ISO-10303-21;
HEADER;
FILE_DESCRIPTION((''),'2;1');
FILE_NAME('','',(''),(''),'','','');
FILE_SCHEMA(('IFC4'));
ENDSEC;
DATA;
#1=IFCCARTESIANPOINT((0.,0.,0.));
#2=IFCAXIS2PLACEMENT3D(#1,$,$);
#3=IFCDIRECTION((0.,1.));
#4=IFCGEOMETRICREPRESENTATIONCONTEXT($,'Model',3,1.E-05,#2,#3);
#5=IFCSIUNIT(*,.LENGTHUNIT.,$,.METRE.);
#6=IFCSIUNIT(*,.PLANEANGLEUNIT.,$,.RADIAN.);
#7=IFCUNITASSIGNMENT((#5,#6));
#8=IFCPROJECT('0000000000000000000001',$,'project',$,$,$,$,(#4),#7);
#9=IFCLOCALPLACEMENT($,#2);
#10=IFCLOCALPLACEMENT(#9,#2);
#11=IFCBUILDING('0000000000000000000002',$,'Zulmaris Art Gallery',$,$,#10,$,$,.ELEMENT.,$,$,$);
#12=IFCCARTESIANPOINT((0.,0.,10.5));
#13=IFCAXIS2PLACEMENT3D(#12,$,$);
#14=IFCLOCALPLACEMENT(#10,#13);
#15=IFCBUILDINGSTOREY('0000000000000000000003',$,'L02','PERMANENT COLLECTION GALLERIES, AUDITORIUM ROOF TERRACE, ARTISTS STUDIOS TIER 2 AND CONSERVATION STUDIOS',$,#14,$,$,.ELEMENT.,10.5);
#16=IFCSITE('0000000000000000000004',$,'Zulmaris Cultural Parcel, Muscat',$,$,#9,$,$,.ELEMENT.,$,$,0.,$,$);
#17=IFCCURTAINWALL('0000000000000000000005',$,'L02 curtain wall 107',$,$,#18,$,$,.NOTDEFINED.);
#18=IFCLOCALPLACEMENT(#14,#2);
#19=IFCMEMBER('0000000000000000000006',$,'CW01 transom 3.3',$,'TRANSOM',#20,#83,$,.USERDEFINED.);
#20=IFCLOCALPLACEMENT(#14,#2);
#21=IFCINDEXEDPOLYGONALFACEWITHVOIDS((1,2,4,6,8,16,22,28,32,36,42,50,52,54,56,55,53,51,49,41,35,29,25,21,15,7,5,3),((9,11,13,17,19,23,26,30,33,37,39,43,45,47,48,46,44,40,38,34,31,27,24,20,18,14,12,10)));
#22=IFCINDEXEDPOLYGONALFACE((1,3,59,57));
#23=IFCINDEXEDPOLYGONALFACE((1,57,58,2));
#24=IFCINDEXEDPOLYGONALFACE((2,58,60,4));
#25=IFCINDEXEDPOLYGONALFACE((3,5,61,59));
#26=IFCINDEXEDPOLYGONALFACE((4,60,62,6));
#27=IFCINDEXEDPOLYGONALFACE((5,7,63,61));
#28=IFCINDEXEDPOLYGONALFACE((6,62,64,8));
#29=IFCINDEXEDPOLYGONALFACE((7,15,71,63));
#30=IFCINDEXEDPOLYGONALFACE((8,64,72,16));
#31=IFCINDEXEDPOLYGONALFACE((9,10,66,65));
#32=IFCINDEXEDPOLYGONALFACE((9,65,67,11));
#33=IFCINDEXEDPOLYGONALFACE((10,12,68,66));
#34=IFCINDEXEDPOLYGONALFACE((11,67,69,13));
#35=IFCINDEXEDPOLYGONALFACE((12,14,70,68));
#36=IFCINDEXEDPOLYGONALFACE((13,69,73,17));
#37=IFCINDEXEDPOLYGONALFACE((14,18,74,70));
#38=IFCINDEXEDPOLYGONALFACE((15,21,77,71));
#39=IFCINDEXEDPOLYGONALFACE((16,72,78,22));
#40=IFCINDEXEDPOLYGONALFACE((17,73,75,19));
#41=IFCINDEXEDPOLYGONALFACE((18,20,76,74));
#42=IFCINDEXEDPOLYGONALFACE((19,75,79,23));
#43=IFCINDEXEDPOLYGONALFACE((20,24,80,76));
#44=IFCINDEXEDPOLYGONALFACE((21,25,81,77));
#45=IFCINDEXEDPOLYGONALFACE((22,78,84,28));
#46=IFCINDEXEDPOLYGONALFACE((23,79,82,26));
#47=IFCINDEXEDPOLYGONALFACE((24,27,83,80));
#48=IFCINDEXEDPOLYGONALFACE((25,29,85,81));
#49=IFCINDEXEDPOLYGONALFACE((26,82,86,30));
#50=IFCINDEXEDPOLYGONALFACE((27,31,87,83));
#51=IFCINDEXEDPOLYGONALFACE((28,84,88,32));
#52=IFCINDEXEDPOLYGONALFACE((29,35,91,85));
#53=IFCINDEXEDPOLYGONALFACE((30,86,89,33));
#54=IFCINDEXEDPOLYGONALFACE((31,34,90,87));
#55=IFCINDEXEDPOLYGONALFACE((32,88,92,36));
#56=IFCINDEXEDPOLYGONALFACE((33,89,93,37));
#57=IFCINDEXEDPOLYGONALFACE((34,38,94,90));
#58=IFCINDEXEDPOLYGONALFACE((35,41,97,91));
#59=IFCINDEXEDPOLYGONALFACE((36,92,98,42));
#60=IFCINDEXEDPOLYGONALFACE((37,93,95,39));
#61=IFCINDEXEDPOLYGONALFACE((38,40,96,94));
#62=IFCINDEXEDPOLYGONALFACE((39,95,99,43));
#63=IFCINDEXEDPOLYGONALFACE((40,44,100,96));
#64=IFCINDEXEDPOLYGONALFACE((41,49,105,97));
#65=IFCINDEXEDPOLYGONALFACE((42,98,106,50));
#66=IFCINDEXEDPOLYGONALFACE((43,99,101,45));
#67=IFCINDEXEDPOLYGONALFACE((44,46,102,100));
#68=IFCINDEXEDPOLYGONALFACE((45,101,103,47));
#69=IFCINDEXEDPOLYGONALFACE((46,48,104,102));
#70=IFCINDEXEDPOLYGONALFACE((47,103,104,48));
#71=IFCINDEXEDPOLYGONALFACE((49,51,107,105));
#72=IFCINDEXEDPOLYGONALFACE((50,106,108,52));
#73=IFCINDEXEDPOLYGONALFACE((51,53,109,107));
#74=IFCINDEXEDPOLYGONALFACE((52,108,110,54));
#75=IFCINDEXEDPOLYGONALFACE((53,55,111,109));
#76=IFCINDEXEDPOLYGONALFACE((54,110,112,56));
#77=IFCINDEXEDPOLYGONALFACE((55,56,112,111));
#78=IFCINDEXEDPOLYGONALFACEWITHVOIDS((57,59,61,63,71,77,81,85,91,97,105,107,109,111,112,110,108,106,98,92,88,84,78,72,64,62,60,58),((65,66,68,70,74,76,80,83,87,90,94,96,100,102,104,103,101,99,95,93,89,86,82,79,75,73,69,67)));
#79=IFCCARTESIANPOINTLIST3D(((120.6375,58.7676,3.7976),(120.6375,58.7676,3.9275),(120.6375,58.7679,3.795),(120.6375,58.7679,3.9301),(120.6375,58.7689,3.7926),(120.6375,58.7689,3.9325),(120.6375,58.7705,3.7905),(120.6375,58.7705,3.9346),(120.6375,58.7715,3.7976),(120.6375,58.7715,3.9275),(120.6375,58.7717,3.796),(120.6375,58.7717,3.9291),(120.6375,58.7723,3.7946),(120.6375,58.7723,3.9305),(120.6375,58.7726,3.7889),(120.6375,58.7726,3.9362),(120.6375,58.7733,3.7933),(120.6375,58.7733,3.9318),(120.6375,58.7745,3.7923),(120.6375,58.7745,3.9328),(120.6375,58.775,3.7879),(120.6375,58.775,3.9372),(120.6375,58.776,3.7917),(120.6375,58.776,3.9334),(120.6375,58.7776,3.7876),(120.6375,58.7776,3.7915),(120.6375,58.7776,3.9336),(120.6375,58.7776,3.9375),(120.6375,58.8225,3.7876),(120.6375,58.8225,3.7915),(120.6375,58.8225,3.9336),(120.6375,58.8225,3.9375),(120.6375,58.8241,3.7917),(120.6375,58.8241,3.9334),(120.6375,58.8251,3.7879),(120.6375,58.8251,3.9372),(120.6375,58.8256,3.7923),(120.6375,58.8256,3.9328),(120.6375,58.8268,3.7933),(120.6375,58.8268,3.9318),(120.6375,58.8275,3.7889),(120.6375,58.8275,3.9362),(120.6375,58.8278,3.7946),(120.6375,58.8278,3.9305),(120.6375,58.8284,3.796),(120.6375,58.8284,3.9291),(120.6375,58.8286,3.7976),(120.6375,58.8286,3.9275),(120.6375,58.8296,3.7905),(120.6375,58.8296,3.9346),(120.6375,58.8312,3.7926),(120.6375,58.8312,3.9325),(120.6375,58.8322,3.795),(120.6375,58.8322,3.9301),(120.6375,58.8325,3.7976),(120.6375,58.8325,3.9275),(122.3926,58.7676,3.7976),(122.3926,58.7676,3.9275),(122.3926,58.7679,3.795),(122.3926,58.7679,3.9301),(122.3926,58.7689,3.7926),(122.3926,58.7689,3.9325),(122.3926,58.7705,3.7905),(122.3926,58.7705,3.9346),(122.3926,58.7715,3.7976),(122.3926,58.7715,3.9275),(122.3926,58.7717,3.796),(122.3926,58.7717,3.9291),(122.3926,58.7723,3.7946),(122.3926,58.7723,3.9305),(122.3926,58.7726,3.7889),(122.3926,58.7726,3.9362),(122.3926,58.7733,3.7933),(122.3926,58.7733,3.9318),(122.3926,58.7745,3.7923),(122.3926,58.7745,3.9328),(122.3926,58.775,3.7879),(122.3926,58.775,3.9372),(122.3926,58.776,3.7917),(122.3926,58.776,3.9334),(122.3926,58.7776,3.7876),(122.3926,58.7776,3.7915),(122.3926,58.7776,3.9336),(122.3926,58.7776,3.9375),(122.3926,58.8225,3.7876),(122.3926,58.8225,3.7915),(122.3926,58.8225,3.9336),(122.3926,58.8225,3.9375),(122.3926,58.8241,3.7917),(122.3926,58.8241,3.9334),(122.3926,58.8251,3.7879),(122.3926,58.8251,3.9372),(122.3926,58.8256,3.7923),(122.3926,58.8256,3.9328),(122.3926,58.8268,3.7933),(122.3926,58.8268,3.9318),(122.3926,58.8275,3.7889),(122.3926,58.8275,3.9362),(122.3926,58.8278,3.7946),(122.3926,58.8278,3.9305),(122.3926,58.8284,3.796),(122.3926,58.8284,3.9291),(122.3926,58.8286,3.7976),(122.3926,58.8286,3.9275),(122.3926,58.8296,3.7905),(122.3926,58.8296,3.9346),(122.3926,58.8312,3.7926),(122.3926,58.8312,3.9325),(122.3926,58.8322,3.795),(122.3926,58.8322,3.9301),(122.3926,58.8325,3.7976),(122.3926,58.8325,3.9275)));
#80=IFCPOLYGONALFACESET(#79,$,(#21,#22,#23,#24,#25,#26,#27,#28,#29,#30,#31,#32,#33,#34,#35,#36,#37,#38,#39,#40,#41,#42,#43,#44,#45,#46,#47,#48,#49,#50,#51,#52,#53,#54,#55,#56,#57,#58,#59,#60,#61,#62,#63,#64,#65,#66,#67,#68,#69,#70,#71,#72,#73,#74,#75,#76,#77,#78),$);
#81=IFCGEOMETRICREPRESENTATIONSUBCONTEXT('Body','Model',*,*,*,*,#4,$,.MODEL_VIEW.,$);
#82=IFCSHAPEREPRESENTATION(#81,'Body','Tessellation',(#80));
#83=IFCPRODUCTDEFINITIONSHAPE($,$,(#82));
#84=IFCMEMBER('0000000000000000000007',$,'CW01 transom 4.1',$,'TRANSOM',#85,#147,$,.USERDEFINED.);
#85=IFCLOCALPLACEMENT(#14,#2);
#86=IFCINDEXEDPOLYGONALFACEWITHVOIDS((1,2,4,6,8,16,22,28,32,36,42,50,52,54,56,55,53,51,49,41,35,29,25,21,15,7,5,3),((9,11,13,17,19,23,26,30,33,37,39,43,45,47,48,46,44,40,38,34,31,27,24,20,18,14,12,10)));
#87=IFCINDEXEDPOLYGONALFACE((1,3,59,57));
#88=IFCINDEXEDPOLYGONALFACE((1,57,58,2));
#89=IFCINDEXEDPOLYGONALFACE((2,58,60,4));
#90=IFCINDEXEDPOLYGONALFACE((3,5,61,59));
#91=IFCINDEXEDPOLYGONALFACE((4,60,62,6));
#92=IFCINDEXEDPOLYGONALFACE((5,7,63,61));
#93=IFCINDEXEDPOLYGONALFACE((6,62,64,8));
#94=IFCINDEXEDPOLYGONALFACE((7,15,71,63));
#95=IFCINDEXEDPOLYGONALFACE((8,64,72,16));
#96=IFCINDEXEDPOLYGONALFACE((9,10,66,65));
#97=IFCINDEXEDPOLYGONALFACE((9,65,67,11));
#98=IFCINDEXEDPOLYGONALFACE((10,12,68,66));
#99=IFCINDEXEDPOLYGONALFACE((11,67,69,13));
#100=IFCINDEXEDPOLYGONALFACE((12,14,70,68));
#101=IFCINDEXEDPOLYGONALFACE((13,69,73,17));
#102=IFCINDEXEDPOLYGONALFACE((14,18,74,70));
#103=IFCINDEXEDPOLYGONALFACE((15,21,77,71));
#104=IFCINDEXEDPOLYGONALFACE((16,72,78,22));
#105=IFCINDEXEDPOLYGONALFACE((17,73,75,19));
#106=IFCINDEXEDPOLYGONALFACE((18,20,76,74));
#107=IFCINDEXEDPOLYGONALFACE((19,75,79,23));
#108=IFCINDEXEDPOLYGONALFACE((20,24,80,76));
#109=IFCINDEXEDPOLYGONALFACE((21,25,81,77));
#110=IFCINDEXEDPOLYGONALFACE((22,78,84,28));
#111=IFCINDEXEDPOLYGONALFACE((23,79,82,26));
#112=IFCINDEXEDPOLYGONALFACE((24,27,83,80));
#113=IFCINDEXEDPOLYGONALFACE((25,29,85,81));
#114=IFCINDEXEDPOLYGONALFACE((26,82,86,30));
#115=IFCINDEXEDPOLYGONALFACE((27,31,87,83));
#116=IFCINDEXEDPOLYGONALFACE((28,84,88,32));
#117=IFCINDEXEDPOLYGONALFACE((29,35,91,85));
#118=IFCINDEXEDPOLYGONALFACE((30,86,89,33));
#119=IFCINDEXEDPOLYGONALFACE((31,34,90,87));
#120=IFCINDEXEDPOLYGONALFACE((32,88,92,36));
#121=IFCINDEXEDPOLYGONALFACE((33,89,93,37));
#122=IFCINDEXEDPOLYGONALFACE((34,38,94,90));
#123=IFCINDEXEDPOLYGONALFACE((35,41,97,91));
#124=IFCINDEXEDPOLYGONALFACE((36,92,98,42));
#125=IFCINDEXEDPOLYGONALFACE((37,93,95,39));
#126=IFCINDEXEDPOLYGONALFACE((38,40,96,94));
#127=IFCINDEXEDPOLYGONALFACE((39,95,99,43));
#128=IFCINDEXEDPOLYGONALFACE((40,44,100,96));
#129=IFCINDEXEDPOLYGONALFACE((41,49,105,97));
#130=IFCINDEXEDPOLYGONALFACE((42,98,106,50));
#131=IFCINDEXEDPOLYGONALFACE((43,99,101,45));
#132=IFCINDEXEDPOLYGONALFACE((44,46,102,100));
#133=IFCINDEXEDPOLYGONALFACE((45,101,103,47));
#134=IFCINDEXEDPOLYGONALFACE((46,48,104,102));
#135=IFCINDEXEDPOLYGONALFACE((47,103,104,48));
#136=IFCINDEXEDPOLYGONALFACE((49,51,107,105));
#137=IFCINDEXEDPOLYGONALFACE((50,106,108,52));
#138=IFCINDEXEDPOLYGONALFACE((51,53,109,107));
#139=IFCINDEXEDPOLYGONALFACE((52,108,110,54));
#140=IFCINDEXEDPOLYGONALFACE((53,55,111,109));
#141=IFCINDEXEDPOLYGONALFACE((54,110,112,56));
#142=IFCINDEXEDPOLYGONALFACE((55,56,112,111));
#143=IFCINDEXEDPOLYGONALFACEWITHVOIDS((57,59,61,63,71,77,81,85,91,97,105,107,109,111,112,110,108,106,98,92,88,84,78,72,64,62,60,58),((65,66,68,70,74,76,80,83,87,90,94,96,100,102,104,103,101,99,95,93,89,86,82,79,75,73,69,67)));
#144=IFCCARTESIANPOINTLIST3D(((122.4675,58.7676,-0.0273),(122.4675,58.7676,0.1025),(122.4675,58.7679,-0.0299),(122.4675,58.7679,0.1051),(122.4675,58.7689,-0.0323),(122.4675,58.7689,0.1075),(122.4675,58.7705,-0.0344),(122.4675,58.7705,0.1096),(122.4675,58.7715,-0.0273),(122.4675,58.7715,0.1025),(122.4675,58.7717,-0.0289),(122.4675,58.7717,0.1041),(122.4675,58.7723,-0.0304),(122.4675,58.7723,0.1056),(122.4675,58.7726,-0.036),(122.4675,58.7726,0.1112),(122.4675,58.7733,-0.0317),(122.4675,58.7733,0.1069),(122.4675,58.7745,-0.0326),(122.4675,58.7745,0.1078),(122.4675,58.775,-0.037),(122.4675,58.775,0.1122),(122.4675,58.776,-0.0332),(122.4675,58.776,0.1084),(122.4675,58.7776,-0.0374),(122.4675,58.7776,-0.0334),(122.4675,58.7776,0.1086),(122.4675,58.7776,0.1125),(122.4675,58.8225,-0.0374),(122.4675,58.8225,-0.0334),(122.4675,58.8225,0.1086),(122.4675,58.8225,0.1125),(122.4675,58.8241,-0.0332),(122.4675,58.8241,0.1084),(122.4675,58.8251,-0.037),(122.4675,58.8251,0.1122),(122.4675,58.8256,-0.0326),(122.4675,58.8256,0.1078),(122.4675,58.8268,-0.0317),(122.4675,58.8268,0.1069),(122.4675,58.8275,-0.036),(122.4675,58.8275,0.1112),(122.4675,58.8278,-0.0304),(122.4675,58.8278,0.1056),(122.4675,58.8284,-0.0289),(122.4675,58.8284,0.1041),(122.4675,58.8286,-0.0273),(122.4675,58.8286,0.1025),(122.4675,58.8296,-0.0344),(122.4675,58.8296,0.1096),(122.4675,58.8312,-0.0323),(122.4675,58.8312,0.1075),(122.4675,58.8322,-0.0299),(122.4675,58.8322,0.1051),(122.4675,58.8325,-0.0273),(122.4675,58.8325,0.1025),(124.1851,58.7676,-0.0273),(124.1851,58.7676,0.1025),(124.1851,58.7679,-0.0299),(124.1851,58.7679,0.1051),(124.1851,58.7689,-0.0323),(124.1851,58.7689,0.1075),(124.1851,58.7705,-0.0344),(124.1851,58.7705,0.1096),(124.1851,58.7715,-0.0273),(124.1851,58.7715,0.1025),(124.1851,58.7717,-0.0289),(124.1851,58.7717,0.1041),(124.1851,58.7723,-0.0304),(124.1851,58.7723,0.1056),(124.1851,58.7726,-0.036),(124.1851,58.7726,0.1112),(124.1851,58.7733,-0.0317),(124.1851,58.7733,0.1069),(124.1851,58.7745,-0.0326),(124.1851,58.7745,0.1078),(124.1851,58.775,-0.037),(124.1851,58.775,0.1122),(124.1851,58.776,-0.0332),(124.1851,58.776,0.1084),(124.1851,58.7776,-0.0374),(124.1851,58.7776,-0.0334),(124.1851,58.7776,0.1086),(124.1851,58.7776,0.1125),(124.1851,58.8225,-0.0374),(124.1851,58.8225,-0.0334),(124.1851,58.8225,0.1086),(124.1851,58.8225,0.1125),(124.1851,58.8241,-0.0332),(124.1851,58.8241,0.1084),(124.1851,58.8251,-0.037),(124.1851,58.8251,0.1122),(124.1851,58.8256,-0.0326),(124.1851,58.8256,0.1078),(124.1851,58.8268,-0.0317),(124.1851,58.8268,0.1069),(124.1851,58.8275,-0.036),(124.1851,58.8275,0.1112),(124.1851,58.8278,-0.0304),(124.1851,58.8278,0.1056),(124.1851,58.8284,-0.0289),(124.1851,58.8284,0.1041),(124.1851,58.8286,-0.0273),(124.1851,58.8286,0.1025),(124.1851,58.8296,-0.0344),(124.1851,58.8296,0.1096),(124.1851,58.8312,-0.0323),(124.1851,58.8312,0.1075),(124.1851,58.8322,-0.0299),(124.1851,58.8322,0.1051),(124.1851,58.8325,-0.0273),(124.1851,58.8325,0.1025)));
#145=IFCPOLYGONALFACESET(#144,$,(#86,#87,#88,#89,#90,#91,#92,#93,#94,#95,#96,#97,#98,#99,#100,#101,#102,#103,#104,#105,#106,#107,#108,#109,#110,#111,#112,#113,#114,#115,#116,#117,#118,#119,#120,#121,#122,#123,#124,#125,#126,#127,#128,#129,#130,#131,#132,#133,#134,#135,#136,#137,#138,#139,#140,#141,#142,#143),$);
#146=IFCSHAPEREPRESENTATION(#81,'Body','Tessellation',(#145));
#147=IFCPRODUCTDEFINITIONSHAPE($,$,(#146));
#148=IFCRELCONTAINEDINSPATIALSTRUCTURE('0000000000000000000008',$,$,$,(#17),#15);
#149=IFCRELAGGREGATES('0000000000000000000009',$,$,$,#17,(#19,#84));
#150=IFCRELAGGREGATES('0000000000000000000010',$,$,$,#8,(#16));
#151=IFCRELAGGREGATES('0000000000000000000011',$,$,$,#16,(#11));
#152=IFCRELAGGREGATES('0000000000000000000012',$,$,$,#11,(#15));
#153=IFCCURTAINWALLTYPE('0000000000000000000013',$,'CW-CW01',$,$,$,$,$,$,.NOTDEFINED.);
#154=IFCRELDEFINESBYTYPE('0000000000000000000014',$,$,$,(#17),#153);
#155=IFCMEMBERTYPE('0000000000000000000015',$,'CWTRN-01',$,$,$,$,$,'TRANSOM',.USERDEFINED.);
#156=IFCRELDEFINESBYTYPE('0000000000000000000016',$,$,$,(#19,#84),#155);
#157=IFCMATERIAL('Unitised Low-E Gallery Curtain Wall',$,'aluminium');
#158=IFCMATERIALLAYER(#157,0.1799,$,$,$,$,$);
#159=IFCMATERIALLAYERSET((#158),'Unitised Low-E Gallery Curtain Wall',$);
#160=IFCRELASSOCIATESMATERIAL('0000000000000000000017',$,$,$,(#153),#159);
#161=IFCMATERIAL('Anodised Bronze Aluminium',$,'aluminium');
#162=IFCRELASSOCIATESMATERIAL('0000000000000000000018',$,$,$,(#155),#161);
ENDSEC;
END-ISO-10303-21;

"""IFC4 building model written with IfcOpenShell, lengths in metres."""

from ifc_helpers import new_model, si_unit, direction, frame, origin, origin_2d, place, context, subcontext, project, spatial, hollow_rectangle, extrude, material, layer, layer_set, material_profile, profile_set, type_object, element, aggregate, save


model = new_model("IFC4")

# Units and contexts
model_context = context("Model", 3, precision=1e-05, world=origin(), true_north=direction((0.0, 1.0)))
body_context = subcontext(model_context, "Body", "Model", "MODEL_VIEW")
ifc_project = project(units=[si_unit("LENGTHUNIT", "METRE"), si_unit("PLANEANGLEUNIT", "RADIAN")], contexts=[model_context])

# Site, building, storey
site_placement = place(None, origin())
site = spatial("IfcSite", under=ifc_project, at=site_placement, Name="Zulmaris Cultural Parcel, Muscat", CompositionType="ELEMENT", RefElevation=0.0)
building_placement = place(site_placement, origin())
building = spatial("IfcBuilding", under=site, at=building_placement, Name="Zulmaris Art Gallery", CompositionType="ELEMENT")
storey_placement = place(building_placement, frame((0.0, 0.0, 10.5)))
storey = spatial("IfcBuildingStorey", under=building, at=storey_placement, Name="L02", Description="PERMANENT COLLECTION GALLERIES, AUDITORIUM ROOF TERRACE, ARTISTS STUDIOS TIER 2 AND CONSERVATION STUDIOS", CompositionType="ELEMENT", Elevation=10.5)

# Curtain wall
ifc_material_1 = material(Name="Unitised Low-E Gallery Curtain Wall", Category="aluminium")
ifc_layer_1 = layer(ifc_material_1, 0.1799)
ifc_layer_set_1 = layer_set([ifc_layer_1], Name="Unitised Low-E Gallery Curtain Wall")
curtain_wall_type = type_object("IfcCurtainWallType", Name="CW-CW01", PredefinedType="NOTDEFINED", material=ifc_layer_set_1)
curtain_wall_1_placement = place(storey_placement, origin())
curtain_wall_1 = element("IfcCurtainWall", 1, at=curtain_wall_1_placement, inside=storey, type_object=curtain_wall_type, Name="L02 curtain wall 107", PredefinedType="NOTDEFINED")
ifc_material_2 = material(Name="Anodised Bronze Aluminium", Category="aluminium")

# Members
ifc_material_profile_1 = material_profile(ifc_material_2, hollow_rectangle(XDim=0.0649, YDim=0.1499, WallThickness=0.0039, InnerFilletRadius=0.0061, OuterFilletRadius=0.01, at=origin_2d()), Name="ALU 65x150x4")
ifc_profile_set_1 = profile_set([ifc_material_profile_1], Name="Anodised Bronze Aluminium")
member_type_1 = type_object("IfcMemberType", Name="CWTRN-01", ElementType="TRANSOM", PredefinedType="USERDEFINED", material=ifc_profile_set_1)
member_1_placement = place(storey_placement, frame((120.6375, 58.8, 3.8625), z_axis=(1.0, 0.0, 0.0), x_axis=(0.0, 1.0, 0.0)))
member_1 = element("IfcMember", 2, at=member_1_placement, type_object=member_type_1, Name="CW01 transom 3.3", ObjectType="TRANSOM", PredefinedType="USERDEFINED", context=body_context, shape_type="SweptSolid", body=[
    extrude(hollow_rectangle(XDim=0.0649, YDim=0.1499, WallThickness=0.0039, InnerFilletRadius=0.0061, OuterFilletRadius=0.01, at=origin_2d()), origin(), (0.0, 0.0, 1.0), 1.7551),
])
member_2_placement = place(storey_placement, frame((122.4675, 58.8, 0.0376), z_axis=(1.0, 0.0, 0.0), x_axis=(0.0, 1.0, 0.0)))
member_2 = element("IfcMember", 3, at=member_2_placement, type_object=member_type_1, Name="CW01 transom 4.1", ObjectType="TRANSOM", PredefinedType="USERDEFINED", context=body_context, shape_type="SweptSolid", body=[
    extrude(hollow_rectangle(XDim=0.0649, YDim=0.1499, WallThickness=0.0039, InnerFilletRadius=0.0061, OuterFilletRadius=0.01, at=origin_2d()), origin(), (0.0, 0.0, 1.0), 1.7175),
])

aggregate(curtain_wall_1, [member_1, member_2])

save(model, "model.ifc")
